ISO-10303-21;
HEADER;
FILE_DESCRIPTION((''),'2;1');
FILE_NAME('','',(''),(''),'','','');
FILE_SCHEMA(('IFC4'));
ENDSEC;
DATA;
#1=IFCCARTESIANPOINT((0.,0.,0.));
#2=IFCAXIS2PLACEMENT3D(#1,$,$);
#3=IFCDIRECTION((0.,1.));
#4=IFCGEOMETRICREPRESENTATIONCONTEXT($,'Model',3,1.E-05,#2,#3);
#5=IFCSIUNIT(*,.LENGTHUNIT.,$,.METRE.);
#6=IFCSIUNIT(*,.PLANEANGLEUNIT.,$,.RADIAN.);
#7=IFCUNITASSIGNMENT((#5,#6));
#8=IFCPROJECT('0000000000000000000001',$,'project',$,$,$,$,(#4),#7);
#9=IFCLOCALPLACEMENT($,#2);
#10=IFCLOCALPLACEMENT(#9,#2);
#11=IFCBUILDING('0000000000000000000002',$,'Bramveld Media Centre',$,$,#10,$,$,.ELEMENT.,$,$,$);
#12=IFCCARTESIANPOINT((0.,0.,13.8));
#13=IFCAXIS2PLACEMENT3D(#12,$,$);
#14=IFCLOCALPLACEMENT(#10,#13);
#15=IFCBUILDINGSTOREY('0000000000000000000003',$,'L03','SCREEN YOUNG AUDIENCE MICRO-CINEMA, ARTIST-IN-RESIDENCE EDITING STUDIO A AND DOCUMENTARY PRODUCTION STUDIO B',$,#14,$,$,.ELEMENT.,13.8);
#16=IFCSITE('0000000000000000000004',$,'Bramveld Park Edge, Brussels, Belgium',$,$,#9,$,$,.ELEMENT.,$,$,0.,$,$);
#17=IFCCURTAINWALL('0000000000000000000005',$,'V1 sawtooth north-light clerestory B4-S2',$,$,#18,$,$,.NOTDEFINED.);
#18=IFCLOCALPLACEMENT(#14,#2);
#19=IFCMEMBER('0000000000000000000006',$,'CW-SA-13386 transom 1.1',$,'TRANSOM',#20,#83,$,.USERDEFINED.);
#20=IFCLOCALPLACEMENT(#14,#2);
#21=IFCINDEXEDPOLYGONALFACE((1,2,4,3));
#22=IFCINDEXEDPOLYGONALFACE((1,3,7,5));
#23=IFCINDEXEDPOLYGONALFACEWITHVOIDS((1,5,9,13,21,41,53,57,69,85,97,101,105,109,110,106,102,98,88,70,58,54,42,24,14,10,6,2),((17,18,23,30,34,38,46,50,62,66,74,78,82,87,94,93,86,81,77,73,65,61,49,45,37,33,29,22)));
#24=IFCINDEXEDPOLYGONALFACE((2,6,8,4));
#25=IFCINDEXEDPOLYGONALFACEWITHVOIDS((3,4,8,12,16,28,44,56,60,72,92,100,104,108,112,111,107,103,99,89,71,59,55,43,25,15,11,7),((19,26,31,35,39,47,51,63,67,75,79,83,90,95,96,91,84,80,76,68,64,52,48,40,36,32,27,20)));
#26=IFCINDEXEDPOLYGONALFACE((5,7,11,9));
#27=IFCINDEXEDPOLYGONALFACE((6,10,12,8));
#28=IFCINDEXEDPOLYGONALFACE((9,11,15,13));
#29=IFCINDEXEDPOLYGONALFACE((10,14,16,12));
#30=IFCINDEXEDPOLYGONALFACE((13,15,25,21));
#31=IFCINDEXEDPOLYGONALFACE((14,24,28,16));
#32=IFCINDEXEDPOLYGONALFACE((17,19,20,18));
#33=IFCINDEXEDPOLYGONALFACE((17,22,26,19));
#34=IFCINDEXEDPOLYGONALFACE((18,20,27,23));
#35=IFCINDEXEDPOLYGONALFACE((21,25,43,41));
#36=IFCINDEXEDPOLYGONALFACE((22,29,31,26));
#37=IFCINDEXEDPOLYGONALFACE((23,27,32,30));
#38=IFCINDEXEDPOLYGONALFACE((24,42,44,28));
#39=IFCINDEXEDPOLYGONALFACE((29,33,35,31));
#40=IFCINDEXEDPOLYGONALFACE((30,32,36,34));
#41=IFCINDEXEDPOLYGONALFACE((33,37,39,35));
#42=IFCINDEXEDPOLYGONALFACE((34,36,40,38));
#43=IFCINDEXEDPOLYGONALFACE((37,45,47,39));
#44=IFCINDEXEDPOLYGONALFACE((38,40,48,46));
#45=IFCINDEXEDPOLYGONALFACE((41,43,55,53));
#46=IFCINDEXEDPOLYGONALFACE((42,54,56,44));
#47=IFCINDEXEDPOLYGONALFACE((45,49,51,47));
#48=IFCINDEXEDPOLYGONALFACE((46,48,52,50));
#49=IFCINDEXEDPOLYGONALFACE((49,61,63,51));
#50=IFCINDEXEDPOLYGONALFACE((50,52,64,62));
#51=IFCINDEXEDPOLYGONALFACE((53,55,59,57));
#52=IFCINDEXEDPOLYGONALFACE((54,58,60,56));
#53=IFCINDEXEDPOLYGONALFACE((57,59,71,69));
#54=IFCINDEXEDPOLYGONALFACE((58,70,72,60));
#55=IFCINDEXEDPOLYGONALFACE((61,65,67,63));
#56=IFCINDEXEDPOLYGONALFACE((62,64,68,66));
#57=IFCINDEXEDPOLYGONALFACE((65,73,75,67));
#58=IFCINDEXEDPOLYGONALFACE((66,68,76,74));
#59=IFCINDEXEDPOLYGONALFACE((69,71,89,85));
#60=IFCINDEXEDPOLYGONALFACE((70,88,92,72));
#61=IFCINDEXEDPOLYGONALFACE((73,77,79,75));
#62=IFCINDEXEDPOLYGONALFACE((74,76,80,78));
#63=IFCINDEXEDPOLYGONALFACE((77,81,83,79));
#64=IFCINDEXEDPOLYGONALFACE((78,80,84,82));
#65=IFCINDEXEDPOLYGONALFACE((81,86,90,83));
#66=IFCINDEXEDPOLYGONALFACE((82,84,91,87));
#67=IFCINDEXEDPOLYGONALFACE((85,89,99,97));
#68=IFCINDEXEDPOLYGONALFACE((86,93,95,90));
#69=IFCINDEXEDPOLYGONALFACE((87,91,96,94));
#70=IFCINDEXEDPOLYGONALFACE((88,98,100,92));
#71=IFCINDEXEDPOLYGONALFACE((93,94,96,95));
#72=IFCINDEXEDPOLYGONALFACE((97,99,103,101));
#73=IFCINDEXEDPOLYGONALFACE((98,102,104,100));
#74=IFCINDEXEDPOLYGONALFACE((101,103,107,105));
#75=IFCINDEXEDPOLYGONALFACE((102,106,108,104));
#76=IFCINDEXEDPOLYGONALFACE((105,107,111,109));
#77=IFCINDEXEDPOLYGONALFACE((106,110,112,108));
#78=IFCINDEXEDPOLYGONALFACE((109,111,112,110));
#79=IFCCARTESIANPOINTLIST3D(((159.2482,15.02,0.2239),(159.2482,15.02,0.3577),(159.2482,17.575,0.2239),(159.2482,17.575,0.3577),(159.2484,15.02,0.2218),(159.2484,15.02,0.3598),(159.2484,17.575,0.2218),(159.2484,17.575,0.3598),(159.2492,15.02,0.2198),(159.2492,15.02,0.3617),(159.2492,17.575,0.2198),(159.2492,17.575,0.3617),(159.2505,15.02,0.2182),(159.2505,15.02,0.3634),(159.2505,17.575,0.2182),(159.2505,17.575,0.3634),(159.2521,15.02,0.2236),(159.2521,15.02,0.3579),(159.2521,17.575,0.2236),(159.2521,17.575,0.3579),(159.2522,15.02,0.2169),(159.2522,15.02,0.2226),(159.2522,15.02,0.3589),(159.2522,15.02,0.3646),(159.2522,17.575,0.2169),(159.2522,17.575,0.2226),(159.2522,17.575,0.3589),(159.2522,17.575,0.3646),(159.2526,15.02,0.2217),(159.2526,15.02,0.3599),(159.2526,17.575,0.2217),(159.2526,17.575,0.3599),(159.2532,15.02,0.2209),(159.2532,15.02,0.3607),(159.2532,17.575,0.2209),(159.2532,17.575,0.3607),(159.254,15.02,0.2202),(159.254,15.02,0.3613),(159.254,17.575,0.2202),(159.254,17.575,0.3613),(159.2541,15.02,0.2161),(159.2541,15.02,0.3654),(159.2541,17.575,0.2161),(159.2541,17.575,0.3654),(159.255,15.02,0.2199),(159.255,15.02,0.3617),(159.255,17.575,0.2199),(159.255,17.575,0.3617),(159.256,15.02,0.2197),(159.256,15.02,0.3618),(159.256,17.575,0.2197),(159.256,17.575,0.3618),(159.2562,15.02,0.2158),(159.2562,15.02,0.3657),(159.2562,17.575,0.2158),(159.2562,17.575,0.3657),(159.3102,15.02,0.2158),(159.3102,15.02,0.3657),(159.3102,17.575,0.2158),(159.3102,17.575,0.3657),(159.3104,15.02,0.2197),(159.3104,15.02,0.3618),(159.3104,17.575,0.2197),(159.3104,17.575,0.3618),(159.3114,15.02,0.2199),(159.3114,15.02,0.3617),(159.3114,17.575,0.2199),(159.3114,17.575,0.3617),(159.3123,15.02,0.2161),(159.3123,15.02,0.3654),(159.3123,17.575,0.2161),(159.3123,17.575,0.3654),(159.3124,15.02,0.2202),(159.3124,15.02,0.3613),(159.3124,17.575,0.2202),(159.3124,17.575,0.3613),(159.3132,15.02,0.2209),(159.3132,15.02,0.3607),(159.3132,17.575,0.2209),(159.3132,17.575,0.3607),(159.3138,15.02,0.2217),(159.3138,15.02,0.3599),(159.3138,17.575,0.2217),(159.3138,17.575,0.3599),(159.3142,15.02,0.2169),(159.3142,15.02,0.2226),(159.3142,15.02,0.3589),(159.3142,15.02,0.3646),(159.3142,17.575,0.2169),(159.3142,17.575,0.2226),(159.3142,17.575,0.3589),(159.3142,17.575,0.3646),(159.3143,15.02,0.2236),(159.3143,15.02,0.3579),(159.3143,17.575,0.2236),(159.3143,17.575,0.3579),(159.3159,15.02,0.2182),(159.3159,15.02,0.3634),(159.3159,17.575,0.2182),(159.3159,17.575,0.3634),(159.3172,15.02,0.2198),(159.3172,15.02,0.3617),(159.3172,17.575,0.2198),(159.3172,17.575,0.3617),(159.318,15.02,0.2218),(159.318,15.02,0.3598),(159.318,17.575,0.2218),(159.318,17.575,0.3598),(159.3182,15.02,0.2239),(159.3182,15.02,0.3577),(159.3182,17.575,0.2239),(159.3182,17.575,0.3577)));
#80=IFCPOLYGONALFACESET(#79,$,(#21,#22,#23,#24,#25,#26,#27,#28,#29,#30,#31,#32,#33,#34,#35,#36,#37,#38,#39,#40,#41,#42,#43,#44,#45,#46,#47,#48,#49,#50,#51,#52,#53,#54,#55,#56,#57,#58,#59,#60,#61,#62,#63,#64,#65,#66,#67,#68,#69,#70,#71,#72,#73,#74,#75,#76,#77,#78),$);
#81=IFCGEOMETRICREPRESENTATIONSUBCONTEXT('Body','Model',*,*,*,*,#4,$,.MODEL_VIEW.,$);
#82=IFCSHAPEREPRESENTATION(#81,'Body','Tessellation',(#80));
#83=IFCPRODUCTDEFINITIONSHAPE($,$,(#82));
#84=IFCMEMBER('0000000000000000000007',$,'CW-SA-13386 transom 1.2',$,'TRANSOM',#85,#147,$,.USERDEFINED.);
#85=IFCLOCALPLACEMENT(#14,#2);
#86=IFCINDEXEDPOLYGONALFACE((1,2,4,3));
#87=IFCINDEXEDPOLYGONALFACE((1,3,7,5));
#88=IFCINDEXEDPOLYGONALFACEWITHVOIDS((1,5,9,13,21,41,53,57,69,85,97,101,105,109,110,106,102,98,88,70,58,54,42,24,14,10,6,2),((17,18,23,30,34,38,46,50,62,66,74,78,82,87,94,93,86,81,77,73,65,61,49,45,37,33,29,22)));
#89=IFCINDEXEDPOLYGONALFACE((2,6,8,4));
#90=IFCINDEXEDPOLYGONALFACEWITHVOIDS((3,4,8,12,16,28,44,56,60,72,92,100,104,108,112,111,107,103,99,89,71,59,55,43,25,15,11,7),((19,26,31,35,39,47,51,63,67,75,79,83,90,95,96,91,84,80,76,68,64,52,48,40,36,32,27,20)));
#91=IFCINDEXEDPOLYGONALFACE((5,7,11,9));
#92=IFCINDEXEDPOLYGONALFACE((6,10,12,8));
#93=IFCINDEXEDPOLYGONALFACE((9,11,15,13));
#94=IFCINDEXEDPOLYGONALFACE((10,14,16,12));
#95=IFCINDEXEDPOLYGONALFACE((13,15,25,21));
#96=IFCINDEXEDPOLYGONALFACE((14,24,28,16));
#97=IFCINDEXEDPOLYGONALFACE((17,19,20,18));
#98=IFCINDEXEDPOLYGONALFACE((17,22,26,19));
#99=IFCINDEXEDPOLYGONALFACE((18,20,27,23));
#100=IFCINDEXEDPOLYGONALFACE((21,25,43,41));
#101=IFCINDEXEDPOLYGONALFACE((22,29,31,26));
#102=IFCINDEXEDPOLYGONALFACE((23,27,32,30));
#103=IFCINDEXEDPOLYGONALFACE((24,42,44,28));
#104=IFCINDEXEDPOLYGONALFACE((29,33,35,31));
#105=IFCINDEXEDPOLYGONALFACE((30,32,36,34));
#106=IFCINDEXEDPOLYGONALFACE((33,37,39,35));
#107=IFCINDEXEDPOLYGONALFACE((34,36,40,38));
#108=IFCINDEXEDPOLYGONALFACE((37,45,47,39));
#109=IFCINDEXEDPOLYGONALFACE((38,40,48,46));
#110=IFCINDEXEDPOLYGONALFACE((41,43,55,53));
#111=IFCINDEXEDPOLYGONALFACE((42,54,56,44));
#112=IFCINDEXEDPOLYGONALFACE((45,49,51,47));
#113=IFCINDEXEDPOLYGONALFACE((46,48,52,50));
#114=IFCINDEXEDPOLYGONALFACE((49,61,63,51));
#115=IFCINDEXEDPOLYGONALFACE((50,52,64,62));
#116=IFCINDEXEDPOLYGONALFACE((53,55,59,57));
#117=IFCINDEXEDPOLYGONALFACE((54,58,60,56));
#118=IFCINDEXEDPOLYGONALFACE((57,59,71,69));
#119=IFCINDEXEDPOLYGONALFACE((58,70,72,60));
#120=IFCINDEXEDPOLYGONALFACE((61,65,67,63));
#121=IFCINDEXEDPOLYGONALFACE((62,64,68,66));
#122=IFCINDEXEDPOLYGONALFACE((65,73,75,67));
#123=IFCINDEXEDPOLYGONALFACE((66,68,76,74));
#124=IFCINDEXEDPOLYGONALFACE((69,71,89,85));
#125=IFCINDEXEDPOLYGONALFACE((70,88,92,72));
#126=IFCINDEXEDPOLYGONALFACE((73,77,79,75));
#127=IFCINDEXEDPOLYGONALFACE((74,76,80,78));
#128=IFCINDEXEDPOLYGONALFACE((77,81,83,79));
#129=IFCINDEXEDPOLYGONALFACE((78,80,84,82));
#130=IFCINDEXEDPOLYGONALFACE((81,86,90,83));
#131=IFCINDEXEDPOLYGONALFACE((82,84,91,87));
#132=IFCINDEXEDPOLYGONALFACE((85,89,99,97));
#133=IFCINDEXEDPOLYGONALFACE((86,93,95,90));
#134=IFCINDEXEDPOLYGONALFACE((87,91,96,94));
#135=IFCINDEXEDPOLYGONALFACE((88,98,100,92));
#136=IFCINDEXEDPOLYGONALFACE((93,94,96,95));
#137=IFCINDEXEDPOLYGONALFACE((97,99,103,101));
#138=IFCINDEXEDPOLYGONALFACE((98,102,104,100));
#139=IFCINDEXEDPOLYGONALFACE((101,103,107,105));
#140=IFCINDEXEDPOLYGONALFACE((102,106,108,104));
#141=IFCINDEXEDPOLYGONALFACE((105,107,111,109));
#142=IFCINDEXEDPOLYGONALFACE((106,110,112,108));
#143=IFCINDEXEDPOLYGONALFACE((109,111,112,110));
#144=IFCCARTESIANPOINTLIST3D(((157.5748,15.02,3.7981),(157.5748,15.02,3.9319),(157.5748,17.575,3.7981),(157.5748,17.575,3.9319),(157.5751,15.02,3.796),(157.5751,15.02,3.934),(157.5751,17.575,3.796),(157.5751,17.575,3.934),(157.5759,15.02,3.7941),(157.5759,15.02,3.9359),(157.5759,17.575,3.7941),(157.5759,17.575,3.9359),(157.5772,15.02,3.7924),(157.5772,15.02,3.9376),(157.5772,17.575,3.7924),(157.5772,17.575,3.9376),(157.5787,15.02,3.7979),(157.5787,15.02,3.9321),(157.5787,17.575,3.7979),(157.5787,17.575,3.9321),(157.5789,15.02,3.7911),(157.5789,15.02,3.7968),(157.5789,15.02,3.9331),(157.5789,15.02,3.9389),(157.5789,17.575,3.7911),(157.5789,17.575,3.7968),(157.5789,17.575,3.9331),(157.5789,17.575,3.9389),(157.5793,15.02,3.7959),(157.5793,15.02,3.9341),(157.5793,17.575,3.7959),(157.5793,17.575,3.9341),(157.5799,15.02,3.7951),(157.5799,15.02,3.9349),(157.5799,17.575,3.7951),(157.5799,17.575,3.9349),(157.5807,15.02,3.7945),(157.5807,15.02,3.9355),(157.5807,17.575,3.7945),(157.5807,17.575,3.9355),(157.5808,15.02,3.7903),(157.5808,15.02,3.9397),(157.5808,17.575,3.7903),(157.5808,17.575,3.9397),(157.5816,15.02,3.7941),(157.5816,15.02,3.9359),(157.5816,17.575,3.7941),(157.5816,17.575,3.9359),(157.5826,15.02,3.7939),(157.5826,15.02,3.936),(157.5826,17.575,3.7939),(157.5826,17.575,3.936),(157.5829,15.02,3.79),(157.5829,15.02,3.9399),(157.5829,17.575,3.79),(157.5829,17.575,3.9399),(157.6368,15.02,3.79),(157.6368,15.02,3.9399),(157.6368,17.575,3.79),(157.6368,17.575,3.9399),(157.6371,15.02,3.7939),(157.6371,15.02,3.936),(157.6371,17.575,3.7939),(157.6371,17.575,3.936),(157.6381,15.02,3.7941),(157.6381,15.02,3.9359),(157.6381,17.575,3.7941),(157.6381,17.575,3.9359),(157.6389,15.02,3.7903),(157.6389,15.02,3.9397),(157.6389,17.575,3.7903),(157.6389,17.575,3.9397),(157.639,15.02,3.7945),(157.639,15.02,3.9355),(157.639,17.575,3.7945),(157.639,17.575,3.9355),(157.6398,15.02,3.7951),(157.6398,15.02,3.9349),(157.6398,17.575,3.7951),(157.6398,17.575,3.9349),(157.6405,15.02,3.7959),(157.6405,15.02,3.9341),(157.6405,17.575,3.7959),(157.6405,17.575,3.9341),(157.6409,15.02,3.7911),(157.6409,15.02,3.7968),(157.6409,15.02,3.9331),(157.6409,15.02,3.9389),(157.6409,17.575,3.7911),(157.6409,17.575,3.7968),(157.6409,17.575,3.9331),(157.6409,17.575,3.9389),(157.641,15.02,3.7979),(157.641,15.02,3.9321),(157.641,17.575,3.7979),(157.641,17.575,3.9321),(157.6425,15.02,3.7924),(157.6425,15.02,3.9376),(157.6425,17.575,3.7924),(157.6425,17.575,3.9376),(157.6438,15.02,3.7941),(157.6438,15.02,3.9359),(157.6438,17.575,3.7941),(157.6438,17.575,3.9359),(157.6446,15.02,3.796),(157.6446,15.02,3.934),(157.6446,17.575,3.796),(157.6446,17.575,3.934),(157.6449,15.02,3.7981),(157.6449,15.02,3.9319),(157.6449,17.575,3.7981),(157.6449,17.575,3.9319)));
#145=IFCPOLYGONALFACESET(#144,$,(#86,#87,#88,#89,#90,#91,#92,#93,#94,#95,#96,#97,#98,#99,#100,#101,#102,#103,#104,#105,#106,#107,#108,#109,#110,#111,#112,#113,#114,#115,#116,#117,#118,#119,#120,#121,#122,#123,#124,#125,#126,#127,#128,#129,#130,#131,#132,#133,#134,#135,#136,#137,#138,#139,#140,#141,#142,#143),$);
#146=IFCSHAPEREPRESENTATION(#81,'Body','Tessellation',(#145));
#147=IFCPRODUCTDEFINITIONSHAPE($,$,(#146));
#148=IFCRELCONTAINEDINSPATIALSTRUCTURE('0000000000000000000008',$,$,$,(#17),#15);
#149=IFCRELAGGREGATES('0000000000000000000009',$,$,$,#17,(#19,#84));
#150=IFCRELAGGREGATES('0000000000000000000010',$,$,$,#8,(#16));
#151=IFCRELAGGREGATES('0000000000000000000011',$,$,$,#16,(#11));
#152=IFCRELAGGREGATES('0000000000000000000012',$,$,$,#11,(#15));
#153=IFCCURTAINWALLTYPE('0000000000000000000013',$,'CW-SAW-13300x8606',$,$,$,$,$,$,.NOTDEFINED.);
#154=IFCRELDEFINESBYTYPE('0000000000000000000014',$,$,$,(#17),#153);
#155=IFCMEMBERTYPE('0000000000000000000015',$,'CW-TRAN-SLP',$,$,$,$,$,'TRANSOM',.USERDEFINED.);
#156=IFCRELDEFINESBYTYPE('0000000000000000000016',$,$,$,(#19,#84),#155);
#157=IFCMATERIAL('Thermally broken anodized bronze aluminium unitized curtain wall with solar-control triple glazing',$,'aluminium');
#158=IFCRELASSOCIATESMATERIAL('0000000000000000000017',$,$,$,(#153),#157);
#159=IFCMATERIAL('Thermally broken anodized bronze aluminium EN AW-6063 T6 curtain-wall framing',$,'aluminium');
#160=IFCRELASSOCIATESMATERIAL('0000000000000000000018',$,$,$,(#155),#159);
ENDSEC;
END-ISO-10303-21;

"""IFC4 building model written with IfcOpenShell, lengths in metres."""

from ifc_helpers import new_model, si_unit, direction, frame, origin, origin_2d, place, context, subcontext, project, spatial, hollow_rectangle, extrude, material, material_profile, profile_set, type_object, element, aggregate, save


model = new_model("IFC4")

# Units and contexts
model_context = context("Model", 3, precision=1e-05, world=origin(), true_north=direction((0.0, 1.0)))
body_context = subcontext(model_context, "Body", "Model", "MODEL_VIEW")
ifc_project = project(units=[si_unit("LENGTHUNIT", "METRE"), si_unit("PLANEANGLEUNIT", "RADIAN")], contexts=[model_context])

# Site, building, storey
site_placement = place(None, origin())
site = spatial("IfcSite", under=ifc_project, at=site_placement, Name="Bramveld Park Edge, Brussels, Belgium", CompositionType="ELEMENT", RefElevation=0.0)
building_placement = place(site_placement, origin())
building = spatial("IfcBuilding", under=site, at=building_placement, Name="Bramveld Media Centre", CompositionType="ELEMENT")
storey_placement = place(building_placement, frame((0.0, 0.0, 13.8)))
storey = spatial("IfcBuildingStorey", under=building, at=storey_placement, Name="L03", Description="SCREEN YOUNG AUDIENCE MICRO-CINEMA, ARTIST-IN-RESIDENCE EDITING STUDIO A AND DOCUMENTARY PRODUCTION STUDIO B", CompositionType="ELEMENT", Elevation=13.8)

# Curtain wall
ifc_material_1 = material(Name="Thermally broken anodized bronze aluminium unitized curtain wall with solar-control triple glazing", Category="aluminium")
curtain_wall_type = type_object("IfcCurtainWallType", Name="CW-SAW-13300x8606", PredefinedType="NOTDEFINED", material=ifc_material_1)
curtain_wall_1_placement = place(storey_placement, origin())
curtain_wall_1 = element("IfcCurtainWall", 1, at=curtain_wall_1_placement, inside=storey, type_object=curtain_wall_type, Name="V1 sawtooth north-light clerestory B4-S2", PredefinedType="NOTDEFINED")

# Members
ifc_material_2 = material(Name="Thermally broken anodized bronze aluminium EN AW-6063 T6 curtain-wall framing", Category="aluminium")
ifc_material_profile_1 = material_profile(ifc_material_2, hollow_rectangle(XDim=0.0701, YDim=0.1499, WallThickness=0.0039, InnerFilletRadius=0.0039, OuterFilletRadius=0.0081, at=origin_2d()), Name="AL-TRAN 70x150")
ifc_profile_set_1 = profile_set([ifc_material_profile_1], Name="Thermally broken anodized bronze aluminium EN AW-6063 T6 curtain-wall framing")
member_type_1 = type_object("IfcMemberType", Name="CW-TRAN-SLP", ElementType="TRANSOM", PredefinedType="USERDEFINED", material=ifc_profile_set_1)
member_1_placement = place(storey_placement, frame((159.2832, 15.02, 0.2908), z_axis=(0.0, 1.0, 0.0), x_axis=(-1.0, 0.0, 0.0)))
member_1 = element("IfcMember", 2, at=member_1_placement, type_object=member_type_1, Name="CW-SA-13386 transom 1.1", ObjectType="TRANSOM", PredefinedType="USERDEFINED", context=body_context, shape_type="SweptSolid", body=[
    extrude(hollow_rectangle(XDim=0.0701, YDim=0.1499, WallThickness=0.0039, InnerFilletRadius=0.0039, OuterFilletRadius=0.0081, at=origin_2d()), origin(), (0.0, 0.0, 1.0), 2.5549),
])
member_2_placement = place(storey_placement, frame((157.6099, 15.02, 3.865), z_axis=(0.0, 1.0, 0.0), x_axis=(-1.0, 0.0, 0.0)))
member_2 = element("IfcMember", 3, at=member_2_placement, type_object=member_type_1, Name="CW-SA-13386 transom 1.2", ObjectType="TRANSOM", PredefinedType="USERDEFINED", context=body_context, shape_type="SweptSolid", body=[
    extrude(hollow_rectangle(XDim=0.0701, YDim=0.1499, WallThickness=0.0039, InnerFilletRadius=0.0039, OuterFilletRadius=0.0081, at=origin_2d()), origin(), (0.0, 0.0, 1.0), 2.5549),
])

aggregate(curtain_wall_1, [member_1, member_2])

save(model, "model.ifc")
